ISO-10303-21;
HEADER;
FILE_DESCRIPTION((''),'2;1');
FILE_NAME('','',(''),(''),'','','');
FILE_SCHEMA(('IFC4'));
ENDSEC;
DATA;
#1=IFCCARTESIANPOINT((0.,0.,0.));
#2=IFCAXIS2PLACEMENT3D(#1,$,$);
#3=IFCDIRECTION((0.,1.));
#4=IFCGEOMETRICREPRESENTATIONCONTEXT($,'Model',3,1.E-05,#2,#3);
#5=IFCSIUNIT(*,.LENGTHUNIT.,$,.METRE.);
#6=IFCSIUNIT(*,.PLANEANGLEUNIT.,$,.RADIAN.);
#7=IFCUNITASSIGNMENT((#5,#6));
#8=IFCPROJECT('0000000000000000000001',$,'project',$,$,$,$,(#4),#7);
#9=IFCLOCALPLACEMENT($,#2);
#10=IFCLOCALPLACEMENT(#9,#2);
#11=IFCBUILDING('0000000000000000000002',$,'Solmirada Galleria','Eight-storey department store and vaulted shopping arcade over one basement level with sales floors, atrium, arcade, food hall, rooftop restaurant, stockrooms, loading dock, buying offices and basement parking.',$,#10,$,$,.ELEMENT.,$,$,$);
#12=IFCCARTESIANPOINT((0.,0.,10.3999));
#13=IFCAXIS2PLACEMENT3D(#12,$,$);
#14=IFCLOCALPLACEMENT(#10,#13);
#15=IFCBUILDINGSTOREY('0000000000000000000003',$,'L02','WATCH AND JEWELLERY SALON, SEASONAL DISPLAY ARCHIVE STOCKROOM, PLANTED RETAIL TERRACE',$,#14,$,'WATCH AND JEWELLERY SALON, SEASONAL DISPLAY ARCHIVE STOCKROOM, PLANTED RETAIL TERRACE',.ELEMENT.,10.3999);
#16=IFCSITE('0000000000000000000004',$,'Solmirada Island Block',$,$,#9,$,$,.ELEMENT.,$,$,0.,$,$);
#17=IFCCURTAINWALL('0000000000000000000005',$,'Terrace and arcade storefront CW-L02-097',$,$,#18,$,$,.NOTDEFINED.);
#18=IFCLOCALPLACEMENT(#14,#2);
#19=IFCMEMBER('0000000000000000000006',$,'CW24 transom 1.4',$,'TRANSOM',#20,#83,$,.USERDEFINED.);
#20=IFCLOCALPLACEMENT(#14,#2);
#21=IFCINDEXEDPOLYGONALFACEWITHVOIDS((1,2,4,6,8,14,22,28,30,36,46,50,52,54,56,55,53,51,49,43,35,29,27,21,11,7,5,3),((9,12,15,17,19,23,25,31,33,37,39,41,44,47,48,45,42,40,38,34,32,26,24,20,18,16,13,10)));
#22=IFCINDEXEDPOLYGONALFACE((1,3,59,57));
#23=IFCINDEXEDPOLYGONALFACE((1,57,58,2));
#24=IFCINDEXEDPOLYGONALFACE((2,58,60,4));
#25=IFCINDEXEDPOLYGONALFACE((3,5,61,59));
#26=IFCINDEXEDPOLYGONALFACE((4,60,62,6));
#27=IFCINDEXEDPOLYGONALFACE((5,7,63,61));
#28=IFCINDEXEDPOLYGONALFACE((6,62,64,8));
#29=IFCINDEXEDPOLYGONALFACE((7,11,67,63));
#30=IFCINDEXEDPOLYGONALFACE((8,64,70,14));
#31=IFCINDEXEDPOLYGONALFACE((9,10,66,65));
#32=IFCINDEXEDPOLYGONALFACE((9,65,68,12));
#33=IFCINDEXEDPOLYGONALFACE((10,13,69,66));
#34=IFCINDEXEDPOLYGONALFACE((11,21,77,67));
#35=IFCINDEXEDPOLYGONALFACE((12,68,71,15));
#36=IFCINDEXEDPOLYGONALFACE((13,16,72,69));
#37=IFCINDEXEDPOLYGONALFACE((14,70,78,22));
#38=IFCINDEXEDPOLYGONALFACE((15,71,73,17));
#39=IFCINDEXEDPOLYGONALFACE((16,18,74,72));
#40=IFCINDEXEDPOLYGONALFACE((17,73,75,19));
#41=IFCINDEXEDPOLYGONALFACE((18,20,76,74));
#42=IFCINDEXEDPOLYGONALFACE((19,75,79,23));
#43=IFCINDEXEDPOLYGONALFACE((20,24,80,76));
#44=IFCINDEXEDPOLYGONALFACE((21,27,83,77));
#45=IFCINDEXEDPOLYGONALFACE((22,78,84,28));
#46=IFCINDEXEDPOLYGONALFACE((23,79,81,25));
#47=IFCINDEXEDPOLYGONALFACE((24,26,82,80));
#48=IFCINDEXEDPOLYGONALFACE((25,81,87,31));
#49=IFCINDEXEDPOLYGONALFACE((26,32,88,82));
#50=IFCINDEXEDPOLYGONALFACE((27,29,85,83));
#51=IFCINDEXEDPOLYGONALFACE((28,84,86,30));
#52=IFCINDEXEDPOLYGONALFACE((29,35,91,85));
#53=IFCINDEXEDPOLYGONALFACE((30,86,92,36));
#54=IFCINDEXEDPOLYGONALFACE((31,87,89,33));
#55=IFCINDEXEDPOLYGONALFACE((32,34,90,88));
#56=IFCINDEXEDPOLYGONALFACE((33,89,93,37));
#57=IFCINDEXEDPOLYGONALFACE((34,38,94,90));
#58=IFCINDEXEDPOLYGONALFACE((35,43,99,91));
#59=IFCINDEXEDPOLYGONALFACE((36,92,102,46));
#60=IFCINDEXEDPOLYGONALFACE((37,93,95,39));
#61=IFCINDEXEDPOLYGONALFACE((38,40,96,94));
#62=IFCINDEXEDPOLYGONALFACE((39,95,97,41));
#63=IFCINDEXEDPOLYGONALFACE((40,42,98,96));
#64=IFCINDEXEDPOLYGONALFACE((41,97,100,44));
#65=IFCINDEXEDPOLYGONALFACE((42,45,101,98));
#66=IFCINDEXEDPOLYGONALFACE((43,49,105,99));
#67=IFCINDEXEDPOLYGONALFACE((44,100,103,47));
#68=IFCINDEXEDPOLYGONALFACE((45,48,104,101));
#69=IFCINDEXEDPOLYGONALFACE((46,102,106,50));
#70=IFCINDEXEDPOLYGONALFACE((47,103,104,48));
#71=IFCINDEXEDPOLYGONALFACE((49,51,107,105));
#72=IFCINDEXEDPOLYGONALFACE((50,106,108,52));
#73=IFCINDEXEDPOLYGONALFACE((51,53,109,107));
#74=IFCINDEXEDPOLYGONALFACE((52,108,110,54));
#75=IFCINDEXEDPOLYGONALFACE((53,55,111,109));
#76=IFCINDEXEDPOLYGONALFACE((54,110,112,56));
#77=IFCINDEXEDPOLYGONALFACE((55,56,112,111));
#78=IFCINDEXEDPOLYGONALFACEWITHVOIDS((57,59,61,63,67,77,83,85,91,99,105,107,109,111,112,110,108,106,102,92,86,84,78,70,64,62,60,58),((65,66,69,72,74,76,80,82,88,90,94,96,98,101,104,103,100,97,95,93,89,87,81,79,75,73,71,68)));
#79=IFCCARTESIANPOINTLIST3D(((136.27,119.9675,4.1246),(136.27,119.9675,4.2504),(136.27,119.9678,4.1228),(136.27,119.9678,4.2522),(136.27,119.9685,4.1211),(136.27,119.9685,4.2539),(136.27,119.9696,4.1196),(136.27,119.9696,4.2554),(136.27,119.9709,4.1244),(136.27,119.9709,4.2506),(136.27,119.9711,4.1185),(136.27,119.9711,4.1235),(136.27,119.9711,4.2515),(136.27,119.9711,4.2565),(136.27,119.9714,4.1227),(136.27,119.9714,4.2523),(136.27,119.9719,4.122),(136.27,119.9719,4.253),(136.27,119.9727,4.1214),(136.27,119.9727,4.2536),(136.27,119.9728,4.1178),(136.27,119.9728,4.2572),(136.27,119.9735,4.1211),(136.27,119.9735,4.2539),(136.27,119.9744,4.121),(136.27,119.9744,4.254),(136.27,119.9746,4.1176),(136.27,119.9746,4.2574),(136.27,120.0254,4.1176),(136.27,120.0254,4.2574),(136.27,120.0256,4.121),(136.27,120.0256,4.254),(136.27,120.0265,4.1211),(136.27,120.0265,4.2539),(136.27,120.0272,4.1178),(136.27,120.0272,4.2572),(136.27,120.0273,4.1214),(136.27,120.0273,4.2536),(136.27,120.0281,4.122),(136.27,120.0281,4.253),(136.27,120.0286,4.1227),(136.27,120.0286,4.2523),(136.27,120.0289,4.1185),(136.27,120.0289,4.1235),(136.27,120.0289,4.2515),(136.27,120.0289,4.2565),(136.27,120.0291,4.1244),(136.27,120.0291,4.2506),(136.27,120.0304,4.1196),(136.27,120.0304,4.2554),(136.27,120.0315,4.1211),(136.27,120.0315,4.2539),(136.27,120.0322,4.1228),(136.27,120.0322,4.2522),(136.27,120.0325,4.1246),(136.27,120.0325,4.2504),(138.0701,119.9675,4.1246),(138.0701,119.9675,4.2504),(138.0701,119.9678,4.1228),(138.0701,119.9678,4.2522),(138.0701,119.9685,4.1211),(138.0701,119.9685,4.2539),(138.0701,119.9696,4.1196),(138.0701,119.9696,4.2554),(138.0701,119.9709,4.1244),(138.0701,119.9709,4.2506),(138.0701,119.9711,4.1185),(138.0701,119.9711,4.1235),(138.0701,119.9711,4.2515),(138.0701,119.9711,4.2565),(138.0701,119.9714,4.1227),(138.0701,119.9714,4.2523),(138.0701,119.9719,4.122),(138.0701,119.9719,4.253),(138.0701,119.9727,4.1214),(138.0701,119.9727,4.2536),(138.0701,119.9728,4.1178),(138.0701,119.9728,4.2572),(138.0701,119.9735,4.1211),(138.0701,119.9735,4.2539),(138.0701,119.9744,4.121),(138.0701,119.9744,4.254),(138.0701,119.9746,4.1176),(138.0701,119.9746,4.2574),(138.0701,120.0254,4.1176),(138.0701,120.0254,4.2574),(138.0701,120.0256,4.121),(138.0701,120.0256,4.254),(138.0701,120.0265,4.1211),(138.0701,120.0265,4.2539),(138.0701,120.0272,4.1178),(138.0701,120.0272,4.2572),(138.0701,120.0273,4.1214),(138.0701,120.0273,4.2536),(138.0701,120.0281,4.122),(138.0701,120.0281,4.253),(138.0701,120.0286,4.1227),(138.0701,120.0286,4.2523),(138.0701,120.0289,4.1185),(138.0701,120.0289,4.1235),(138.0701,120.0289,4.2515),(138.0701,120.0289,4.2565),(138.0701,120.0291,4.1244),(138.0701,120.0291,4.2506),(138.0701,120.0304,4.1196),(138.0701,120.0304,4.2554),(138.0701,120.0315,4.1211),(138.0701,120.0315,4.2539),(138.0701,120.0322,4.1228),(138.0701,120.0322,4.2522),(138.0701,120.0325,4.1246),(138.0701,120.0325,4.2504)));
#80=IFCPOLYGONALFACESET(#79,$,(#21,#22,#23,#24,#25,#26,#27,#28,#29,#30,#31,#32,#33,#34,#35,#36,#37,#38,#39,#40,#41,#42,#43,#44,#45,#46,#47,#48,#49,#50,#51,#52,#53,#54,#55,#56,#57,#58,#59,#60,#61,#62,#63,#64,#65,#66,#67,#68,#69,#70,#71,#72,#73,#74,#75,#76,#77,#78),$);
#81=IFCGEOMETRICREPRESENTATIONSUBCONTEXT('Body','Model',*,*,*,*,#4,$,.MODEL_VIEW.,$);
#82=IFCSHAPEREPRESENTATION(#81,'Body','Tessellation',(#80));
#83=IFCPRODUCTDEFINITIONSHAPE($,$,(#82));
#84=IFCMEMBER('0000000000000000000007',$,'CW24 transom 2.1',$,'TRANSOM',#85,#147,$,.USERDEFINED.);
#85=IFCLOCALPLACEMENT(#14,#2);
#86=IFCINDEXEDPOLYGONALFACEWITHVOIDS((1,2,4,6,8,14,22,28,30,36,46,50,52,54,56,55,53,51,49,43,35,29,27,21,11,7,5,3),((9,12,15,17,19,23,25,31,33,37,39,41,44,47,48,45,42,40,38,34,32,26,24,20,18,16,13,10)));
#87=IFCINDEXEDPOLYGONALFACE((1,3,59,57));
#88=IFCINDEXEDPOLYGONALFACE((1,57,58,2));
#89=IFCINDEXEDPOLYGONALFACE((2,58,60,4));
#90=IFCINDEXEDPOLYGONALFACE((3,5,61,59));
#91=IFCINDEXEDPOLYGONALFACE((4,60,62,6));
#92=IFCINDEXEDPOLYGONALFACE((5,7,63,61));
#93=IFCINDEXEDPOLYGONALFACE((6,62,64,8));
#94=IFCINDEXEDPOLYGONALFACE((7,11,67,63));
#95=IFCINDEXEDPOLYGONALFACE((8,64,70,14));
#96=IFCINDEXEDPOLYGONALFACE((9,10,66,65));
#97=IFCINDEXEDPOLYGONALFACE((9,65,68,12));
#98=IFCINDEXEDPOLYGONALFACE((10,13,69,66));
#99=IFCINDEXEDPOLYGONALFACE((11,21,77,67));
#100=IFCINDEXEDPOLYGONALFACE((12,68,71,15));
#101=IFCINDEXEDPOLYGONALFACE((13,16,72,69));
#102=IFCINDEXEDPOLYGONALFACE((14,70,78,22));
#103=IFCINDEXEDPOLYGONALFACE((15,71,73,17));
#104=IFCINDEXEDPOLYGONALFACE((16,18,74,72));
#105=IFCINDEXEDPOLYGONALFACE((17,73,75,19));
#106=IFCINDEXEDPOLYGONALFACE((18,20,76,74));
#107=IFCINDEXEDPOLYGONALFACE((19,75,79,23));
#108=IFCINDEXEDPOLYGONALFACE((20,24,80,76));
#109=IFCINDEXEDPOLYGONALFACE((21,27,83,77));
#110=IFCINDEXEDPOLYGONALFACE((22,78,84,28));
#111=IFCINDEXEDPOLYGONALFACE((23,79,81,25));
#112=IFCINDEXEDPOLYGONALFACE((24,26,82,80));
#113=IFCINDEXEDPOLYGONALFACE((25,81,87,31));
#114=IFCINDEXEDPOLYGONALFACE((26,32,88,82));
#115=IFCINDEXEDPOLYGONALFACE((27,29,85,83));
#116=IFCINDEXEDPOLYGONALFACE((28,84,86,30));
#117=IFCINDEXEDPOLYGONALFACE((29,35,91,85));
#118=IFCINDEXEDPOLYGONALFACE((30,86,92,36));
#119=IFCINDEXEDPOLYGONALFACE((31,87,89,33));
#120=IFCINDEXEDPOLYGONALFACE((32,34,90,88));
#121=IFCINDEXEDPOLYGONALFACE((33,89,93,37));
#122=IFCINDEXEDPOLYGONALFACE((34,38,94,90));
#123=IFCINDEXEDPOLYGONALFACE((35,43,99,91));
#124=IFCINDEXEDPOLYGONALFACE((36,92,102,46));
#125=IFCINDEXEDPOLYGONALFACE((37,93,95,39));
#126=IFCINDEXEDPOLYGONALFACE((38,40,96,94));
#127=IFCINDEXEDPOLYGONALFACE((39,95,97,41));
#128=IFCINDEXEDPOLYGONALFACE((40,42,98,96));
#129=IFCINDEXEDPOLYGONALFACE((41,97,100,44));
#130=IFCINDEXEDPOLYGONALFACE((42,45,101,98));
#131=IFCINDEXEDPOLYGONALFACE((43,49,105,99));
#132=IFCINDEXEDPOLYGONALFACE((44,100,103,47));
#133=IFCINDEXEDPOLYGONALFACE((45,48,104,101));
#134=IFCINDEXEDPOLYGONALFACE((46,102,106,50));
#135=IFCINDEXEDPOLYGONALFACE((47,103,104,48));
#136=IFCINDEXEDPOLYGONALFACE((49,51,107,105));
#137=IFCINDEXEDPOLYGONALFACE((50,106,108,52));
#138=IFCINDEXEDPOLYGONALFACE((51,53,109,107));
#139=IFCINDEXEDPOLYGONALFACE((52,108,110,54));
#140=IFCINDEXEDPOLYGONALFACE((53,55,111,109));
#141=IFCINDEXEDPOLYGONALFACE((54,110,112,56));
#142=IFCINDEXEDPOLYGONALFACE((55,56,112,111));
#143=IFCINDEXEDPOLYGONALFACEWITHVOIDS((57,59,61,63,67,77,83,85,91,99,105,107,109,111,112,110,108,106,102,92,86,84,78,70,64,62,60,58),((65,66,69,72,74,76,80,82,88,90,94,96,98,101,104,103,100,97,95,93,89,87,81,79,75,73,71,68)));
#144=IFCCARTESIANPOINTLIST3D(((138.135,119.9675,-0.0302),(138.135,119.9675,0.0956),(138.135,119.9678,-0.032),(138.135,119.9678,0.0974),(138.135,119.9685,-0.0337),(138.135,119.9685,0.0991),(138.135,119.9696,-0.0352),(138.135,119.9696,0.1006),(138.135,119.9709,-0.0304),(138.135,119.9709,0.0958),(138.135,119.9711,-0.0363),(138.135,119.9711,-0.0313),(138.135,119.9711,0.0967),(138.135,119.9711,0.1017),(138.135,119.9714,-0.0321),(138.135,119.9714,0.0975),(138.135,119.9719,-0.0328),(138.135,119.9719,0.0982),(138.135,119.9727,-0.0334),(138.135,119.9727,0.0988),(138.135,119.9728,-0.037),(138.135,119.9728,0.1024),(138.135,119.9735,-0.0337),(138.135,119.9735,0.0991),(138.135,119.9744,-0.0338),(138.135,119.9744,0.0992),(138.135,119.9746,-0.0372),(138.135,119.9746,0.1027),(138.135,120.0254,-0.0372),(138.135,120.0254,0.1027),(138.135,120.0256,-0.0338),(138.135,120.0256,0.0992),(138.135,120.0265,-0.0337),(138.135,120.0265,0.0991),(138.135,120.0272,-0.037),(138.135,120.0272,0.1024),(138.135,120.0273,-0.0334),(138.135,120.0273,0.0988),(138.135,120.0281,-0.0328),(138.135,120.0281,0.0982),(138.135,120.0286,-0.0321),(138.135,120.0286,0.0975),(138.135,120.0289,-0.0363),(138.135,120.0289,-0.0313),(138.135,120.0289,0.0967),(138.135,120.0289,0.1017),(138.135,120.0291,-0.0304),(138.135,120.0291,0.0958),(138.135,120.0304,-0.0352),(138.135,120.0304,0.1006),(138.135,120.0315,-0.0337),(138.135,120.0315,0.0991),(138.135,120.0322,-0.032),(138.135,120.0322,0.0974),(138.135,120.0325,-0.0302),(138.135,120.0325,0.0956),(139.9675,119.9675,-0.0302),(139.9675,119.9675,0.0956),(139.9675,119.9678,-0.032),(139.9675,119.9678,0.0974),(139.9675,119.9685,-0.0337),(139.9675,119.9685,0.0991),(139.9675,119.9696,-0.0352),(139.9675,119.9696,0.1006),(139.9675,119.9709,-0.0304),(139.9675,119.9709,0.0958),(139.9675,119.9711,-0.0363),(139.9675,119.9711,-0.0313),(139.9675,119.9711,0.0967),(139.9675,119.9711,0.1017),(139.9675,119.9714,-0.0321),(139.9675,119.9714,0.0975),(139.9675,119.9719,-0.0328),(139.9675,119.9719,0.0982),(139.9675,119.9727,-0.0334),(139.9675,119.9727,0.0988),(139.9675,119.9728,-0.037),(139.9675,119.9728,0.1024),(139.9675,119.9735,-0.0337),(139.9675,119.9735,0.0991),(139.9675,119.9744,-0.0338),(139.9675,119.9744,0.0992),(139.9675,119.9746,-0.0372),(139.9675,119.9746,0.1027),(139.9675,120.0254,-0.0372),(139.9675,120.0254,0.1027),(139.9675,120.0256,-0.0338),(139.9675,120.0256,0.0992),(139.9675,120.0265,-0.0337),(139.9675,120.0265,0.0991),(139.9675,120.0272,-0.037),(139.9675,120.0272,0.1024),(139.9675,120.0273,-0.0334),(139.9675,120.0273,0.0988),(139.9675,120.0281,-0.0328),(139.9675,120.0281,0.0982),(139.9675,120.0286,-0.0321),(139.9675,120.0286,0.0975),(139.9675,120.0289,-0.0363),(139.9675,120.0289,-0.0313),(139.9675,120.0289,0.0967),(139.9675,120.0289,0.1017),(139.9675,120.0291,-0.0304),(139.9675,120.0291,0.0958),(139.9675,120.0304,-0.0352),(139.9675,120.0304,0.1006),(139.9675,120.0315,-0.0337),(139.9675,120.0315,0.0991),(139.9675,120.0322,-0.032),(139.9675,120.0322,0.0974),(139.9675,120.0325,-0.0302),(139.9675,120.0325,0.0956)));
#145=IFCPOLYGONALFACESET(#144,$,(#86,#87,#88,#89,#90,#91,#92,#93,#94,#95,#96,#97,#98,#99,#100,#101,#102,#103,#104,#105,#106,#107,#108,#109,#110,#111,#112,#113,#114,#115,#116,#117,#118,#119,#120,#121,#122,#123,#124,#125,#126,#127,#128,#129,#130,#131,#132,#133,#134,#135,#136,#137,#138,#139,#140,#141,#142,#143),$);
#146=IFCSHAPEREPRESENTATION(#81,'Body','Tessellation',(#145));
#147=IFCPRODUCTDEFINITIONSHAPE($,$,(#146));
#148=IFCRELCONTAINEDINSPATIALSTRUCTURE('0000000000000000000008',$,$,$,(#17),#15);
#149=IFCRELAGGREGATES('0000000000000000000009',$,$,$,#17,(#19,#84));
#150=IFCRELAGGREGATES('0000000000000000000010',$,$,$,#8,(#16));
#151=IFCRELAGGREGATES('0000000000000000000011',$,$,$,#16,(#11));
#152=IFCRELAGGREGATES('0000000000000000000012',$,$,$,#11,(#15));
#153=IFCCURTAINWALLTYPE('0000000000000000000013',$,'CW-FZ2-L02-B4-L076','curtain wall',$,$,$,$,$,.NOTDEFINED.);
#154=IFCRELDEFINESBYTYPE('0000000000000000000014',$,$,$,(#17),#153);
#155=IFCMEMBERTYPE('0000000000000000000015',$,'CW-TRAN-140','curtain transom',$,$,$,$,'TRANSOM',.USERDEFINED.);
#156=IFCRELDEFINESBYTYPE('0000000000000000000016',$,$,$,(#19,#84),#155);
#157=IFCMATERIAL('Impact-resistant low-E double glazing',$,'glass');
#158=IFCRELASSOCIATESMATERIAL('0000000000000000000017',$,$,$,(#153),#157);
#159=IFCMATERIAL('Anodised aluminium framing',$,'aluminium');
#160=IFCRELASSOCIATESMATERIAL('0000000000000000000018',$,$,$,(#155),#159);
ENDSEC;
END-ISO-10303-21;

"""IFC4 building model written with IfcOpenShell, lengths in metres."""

from ifc_helpers import new_model, si_unit, direction, frame, origin, origin_2d, place, context, subcontext, project, spatial, hollow_rectangle, extrude, material, material_profile, profile_set, type_object, element, aggregate, save


model = new_model("IFC4")

# Units and contexts
model_context = context("Model", 3, precision=1e-05, world=origin(), true_north=direction((0.0, 1.0)))
body_context = subcontext(model_context, "Body", "Model", "MODEL_VIEW")
ifc_project = project(units=[si_unit("LENGTHUNIT", "METRE"), si_unit("PLANEANGLEUNIT", "RADIAN")], contexts=[model_context])

# Site, building, storey
site_placement = place(None, origin())
site = spatial("IfcSite", under=ifc_project, at=site_placement, Name="Solmirada Island Block", CompositionType="ELEMENT", RefElevation=0.0)
building_placement = place(site_placement, origin())
building = spatial("IfcBuilding", under=site, at=building_placement, Name="Solmirada Galleria", Description="Eight-storey department store and vaulted shopping arcade over one basement level with sales floors, atrium, arcade, food hall, rooftop restaurant, stockrooms, loading dock, buying offices and basement parking.", CompositionType="ELEMENT")
storey_placement = place(building_placement, frame((0.0, 0.0, 10.3999)))
storey = spatial("IfcBuildingStorey", under=building, at=storey_placement, Name="L02", Description="WATCH AND JEWELLERY SALON, SEASONAL DISPLAY ARCHIVE STOCKROOM, PLANTED RETAIL TERRACE", LongName="WATCH AND JEWELLERY SALON, SEASONAL DISPLAY ARCHIVE STOCKROOM, PLANTED RETAIL TERRACE", CompositionType="ELEMENT", Elevation=10.3999)

# Shared definitions
ifc_material_1 = material(Name="Impact-resistant low-E double glazing", Category="glass")
curtain_wall_type = type_object("IfcCurtainWallType", Name="CW-FZ2-L02-B4-L076", Description="curtain wall", PredefinedType="NOTDEFINED", material=ifc_material_1)
ifc_material_2 = material(Name="Anodised aluminium framing", Category="aluminium")

# Curtain wall, members
curtain_wall_1_placement = place(storey_placement, origin())
curtain_wall_1 = element("IfcCurtainWall", 1, at=curtain_wall_1_placement, inside=storey, type_object=curtain_wall_type, Name="Terrace and arcade storefront CW-L02-097", PredefinedType="NOTDEFINED")
ifc_material_profile_1 = material_profile(ifc_material_2, hollow_rectangle(XDim=0.0649, YDim=0.1399, WallThickness=0.0034, InnerFilletRadius=0.0034, OuterFilletRadius=0.0071, at=origin_2d()), Name="ALU-TRAN-140X65")
ifc_profile_set_1 = profile_set([ifc_material_profile_1], Name="Anodised aluminium framing")
member_type_1 = type_object("IfcMemberType", Name="CW-TRAN-140", Description="curtain transom", ElementType="TRANSOM", PredefinedType="USERDEFINED", material=ifc_profile_set_1)
member_1_placement = place(storey_placement, frame((136.27, 120.0, 4.1875), z_axis=(1.0, 0.0, 0.0), x_axis=(0.0, 1.0, 0.0)))
member_1 = element("IfcMember", 2, at=member_1_placement, type_object=member_type_1, Name="CW24 transom 1.4", ObjectType="TRANSOM", PredefinedType="USERDEFINED", context=body_context, shape_type="SweptSolid", body=[
    extrude(hollow_rectangle(XDim=0.0649, YDim=0.1399, WallThickness=0.0034, InnerFilletRadius=0.0034, OuterFilletRadius=0.0071, at=origin_2d()), origin(), (0.0, 0.0, 1.0), 1.8),
])
member_2_placement = place(storey_placement, frame((138.135, 120.0, 0.0327), z_axis=(1.0, 0.0, 0.0), x_axis=(0.0, 1.0, 0.0)))
member_2 = element("IfcMember", 3, at=member_2_placement, type_object=member_type_1, Name="CW24 transom 2.1", ObjectType="TRANSOM", PredefinedType="USERDEFINED", context=body_context, shape_type="SweptSolid", body=[
    extrude(hollow_rectangle(XDim=0.0649, YDim=0.1399, WallThickness=0.0034, InnerFilletRadius=0.0034, OuterFilletRadius=0.0071, at=origin_2d()), origin(), (0.0, 0.0, 1.0), 1.8325),
])
aggregate(curtain_wall_1, [member_1, member_2])

save(model, "model.ifc")
